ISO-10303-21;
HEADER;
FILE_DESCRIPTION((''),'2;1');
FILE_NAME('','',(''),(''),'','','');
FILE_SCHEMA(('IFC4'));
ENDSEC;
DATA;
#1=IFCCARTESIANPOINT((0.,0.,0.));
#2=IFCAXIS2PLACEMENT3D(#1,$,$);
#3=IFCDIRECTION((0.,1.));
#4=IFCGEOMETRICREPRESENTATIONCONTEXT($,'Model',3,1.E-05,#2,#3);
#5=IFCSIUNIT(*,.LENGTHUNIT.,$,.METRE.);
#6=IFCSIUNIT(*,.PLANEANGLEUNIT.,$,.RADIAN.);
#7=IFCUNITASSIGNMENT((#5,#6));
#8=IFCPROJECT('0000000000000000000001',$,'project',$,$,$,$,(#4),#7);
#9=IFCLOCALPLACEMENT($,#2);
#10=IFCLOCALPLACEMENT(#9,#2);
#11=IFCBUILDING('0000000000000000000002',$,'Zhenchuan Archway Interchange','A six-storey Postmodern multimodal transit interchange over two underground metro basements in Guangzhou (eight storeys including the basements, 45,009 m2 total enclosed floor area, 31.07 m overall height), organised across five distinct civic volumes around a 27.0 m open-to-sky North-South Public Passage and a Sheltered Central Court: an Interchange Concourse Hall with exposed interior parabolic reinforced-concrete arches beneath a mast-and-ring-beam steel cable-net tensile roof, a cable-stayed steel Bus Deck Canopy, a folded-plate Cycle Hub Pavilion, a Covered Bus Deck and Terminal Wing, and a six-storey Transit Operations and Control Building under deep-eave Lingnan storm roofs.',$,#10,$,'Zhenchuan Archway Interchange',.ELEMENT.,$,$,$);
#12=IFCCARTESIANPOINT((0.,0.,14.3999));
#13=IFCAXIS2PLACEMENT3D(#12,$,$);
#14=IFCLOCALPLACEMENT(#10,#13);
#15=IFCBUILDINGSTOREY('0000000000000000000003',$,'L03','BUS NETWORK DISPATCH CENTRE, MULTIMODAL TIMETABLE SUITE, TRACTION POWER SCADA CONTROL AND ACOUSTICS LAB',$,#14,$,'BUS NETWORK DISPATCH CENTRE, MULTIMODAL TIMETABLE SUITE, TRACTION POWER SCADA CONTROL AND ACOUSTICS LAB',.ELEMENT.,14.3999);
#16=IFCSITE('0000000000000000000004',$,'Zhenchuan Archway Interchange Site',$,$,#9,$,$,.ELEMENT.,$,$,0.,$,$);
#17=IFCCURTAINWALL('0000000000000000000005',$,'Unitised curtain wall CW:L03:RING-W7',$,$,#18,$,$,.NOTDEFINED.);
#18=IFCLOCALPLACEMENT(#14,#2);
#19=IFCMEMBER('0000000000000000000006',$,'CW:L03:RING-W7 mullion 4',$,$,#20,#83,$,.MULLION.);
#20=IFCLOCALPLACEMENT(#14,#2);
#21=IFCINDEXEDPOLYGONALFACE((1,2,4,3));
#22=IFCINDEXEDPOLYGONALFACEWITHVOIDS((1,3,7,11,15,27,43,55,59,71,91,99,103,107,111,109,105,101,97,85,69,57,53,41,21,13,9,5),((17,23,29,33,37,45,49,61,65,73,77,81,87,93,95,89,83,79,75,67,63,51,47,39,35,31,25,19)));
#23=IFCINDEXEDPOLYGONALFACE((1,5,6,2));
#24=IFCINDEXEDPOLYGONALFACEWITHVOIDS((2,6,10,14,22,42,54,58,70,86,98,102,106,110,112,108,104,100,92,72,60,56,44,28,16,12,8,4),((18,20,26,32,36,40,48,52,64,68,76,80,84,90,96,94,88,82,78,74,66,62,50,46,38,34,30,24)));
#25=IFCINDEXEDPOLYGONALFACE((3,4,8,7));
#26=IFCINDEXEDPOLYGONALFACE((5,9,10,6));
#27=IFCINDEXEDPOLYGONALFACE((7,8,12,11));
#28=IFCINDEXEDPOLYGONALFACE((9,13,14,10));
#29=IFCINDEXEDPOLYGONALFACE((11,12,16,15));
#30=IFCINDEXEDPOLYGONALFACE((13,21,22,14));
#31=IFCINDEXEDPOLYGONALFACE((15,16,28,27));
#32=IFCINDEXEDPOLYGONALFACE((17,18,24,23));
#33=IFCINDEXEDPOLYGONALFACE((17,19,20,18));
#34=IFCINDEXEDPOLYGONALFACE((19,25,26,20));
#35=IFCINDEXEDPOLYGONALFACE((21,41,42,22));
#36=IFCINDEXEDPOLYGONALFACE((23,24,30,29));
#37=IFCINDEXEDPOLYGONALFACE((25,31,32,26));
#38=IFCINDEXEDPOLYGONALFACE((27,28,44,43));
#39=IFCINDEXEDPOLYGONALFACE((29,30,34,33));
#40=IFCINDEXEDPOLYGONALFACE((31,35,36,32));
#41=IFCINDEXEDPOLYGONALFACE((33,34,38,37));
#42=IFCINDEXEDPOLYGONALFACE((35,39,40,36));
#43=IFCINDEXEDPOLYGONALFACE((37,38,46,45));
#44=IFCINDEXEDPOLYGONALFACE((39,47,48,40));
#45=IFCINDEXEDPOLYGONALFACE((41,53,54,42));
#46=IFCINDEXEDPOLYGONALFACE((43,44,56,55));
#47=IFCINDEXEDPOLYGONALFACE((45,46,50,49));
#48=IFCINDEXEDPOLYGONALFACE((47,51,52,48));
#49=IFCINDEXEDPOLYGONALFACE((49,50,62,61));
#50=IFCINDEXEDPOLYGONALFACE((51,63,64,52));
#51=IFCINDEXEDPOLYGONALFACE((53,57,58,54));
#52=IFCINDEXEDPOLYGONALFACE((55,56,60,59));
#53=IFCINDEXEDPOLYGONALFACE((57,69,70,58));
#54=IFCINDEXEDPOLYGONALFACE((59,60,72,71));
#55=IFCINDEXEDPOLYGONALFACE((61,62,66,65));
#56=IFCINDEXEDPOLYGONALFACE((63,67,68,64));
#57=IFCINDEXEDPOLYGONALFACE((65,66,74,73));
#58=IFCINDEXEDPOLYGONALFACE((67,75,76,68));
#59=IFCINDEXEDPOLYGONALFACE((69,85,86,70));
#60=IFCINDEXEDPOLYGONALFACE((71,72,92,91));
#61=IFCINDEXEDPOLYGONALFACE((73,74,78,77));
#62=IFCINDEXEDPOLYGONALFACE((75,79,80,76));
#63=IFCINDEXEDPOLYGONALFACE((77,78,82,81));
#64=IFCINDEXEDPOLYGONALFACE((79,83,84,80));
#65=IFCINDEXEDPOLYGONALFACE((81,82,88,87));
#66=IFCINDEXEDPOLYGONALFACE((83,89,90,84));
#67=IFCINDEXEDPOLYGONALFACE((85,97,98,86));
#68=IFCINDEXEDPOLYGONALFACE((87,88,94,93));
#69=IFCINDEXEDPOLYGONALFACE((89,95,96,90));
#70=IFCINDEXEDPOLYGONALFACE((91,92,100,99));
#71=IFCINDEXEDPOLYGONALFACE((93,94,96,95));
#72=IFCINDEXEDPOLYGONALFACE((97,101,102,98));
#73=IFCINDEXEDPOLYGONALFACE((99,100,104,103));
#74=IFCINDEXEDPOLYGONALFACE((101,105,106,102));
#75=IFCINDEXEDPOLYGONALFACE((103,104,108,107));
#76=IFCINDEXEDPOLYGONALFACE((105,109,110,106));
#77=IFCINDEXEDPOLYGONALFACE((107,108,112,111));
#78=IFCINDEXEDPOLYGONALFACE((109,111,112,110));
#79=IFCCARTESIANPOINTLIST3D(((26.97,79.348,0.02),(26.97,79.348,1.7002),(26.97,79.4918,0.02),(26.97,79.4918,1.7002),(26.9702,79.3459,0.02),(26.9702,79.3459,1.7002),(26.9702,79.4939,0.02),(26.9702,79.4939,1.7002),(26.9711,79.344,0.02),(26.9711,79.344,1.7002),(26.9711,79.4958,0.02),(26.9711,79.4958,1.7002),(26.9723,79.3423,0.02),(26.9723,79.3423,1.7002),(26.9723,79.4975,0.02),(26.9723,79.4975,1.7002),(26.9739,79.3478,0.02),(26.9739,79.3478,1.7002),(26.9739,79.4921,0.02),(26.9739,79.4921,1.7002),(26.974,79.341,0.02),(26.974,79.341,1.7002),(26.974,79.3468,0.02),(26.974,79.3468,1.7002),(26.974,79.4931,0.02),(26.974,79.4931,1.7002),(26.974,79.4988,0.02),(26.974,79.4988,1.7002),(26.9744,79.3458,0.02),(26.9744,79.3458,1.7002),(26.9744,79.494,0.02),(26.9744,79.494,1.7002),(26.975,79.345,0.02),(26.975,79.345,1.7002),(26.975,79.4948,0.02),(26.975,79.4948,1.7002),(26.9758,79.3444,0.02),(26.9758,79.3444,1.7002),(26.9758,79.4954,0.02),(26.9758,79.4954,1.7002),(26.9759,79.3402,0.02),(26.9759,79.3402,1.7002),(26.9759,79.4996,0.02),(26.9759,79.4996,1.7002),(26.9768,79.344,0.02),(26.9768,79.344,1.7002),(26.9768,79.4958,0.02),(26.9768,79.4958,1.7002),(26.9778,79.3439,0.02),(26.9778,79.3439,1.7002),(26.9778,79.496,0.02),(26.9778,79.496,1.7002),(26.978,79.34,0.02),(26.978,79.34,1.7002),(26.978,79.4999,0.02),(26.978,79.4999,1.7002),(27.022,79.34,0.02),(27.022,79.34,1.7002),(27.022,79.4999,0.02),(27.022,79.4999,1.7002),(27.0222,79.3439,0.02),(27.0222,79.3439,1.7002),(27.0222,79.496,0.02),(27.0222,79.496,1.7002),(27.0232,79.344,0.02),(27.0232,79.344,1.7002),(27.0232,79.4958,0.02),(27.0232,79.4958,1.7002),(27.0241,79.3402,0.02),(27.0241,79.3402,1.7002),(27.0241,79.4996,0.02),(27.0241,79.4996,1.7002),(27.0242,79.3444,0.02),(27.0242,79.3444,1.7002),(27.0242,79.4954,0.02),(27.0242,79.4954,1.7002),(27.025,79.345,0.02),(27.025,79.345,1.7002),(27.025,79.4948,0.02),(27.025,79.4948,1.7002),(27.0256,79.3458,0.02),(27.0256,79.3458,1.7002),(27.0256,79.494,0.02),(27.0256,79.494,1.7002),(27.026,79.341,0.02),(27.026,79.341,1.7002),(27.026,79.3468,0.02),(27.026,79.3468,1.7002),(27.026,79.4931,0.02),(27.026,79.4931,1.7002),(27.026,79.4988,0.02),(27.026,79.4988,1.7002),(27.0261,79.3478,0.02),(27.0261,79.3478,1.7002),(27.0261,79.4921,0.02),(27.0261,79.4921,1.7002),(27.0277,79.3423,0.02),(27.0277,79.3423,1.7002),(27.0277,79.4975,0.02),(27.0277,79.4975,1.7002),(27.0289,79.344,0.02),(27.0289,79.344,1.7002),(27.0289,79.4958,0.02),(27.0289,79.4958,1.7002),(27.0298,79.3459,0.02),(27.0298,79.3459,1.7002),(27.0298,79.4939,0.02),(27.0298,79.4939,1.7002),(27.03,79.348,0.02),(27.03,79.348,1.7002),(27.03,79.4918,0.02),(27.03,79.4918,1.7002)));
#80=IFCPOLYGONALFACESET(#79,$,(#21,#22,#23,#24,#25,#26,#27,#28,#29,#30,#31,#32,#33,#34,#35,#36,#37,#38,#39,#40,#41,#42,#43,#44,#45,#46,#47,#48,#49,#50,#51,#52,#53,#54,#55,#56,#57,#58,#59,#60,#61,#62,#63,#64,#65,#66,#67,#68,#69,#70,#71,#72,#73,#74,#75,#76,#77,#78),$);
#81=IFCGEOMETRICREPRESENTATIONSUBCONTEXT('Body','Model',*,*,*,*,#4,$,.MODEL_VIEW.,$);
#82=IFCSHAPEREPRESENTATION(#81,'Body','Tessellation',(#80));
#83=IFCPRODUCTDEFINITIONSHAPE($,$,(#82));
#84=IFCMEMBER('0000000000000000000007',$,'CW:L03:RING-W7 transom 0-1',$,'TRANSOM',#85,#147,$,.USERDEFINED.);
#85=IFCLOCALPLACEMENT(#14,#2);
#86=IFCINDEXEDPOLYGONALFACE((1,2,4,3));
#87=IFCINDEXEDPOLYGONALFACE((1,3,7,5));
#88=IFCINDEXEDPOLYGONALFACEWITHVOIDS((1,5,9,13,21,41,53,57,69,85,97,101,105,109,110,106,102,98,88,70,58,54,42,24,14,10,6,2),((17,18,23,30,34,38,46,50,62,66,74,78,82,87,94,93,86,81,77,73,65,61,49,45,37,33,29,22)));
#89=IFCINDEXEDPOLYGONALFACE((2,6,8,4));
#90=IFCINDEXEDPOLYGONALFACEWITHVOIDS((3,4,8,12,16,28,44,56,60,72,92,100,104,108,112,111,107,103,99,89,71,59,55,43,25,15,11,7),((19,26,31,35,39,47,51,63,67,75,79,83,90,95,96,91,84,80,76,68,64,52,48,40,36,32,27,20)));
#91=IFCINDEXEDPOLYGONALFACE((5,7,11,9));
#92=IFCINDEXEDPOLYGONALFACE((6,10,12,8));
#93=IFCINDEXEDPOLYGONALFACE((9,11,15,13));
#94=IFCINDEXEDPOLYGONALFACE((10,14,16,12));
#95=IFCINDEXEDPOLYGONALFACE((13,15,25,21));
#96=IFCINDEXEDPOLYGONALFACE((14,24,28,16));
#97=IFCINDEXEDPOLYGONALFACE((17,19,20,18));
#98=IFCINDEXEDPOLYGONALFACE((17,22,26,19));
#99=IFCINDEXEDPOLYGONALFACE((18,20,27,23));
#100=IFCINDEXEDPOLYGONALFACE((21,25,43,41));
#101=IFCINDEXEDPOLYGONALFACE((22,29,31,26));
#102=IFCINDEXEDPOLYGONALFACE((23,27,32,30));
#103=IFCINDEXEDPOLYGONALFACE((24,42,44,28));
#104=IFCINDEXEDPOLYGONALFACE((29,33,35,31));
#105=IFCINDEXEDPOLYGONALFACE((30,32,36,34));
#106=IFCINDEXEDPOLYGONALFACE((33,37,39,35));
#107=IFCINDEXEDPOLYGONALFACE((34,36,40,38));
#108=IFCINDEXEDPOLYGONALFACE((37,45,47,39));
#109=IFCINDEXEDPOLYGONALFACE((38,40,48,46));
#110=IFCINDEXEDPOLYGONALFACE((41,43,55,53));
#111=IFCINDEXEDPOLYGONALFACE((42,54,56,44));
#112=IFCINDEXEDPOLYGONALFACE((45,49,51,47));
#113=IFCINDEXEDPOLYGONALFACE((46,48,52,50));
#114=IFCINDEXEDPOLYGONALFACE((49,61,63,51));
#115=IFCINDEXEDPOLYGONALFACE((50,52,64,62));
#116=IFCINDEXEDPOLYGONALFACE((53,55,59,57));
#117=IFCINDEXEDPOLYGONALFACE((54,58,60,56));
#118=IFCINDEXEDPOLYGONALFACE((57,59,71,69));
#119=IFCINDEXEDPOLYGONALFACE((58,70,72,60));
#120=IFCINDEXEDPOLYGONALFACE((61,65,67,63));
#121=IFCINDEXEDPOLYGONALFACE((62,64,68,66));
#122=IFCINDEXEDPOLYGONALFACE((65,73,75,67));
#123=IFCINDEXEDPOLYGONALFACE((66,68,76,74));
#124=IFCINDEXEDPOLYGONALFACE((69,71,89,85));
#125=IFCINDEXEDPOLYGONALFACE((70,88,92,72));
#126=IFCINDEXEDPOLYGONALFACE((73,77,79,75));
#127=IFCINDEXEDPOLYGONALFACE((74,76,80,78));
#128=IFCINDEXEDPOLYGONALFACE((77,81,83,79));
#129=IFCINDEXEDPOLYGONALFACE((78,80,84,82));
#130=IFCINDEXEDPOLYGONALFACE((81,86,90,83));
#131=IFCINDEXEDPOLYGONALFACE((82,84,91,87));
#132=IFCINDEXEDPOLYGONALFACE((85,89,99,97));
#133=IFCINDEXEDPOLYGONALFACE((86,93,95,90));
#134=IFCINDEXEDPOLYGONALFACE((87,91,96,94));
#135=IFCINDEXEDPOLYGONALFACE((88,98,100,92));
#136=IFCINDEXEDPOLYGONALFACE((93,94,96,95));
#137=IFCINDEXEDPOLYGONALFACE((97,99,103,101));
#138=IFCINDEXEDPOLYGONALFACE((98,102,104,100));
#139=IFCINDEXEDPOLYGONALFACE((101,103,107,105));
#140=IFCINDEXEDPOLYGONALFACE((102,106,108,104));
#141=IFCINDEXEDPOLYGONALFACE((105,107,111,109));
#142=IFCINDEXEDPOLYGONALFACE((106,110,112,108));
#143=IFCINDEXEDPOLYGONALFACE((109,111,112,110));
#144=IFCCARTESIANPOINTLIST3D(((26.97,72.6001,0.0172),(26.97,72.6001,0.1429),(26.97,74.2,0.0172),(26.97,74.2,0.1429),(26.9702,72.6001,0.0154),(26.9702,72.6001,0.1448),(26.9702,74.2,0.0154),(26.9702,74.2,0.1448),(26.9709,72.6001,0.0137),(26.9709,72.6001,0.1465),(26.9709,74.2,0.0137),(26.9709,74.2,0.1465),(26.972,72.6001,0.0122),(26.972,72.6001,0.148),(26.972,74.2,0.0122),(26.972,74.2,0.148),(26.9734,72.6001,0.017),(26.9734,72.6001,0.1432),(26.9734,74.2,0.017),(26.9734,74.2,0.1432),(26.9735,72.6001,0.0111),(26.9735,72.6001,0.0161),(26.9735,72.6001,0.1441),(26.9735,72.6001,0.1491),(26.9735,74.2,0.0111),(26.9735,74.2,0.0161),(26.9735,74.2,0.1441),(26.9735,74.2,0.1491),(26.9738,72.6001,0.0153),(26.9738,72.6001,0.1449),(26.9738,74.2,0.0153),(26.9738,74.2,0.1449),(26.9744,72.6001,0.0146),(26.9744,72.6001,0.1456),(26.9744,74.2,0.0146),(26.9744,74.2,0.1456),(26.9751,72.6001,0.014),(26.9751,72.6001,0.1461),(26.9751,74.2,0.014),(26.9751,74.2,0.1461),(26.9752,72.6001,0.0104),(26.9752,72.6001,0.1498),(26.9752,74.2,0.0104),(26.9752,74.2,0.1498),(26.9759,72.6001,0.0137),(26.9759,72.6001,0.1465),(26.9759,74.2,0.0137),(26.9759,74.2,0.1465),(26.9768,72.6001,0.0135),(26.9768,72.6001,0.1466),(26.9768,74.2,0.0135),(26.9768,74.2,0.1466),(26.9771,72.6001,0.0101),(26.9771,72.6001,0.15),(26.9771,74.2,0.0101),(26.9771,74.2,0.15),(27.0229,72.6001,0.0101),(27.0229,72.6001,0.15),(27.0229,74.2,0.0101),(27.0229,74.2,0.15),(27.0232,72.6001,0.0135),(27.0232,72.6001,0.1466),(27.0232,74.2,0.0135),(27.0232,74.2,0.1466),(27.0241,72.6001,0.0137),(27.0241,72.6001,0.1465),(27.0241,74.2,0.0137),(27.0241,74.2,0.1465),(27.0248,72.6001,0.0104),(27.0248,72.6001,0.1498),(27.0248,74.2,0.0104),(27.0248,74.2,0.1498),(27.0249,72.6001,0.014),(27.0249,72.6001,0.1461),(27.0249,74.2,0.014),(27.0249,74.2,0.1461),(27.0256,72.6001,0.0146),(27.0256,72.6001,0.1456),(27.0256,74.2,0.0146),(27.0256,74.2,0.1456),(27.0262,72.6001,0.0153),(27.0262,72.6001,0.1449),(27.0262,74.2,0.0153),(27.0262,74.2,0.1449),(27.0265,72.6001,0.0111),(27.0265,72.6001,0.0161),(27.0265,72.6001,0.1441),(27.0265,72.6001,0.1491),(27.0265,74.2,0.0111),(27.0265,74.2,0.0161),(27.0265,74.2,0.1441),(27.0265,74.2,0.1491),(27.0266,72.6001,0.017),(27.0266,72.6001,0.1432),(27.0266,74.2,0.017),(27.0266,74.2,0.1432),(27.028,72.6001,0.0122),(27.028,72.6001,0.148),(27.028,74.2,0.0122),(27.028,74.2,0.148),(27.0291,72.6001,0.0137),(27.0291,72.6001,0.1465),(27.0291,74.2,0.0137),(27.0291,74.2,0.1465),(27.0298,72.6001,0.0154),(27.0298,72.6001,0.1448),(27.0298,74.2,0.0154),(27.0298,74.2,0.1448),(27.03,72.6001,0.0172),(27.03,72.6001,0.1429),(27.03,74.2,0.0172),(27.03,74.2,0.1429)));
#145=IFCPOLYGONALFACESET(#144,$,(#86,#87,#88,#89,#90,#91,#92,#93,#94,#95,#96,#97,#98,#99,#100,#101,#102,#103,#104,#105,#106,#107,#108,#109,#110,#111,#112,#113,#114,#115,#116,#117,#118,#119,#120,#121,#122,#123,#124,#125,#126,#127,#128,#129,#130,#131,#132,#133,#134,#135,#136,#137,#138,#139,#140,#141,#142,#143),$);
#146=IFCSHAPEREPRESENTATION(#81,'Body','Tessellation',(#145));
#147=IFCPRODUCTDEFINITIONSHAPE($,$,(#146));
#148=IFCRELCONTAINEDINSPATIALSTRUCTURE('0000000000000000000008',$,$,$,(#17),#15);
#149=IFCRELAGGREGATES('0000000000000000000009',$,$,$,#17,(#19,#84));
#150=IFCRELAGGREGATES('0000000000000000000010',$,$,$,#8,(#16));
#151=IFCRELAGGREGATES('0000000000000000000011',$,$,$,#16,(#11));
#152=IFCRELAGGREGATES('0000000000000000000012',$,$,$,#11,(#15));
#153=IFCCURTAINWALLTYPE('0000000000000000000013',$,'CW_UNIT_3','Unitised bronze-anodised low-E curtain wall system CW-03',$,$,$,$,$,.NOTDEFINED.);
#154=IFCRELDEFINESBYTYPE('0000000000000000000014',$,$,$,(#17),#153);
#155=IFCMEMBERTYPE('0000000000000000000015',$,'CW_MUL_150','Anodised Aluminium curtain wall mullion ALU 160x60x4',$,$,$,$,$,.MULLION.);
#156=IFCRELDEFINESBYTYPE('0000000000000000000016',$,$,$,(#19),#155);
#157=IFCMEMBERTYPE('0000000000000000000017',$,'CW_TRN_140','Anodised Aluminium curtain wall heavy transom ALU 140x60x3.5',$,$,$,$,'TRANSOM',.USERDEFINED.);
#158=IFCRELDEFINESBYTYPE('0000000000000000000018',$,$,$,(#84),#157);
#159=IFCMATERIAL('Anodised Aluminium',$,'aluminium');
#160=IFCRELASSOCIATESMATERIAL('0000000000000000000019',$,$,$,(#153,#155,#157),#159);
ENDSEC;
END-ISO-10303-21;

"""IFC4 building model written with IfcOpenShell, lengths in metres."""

from ifc_helpers import new_model, si_unit, direction, frame, origin, origin_2d, place, context, subcontext, project, spatial, hollow_rectangle, extrude, material, material_profile, profile_set, type_object, element, aggregate, save


model = new_model("IFC4")

# Units and contexts
model_context = context("Model", 3, precision=1e-05, world=origin(), true_north=direction((0.0, 1.0)))
body_context = subcontext(model_context, "Body", "Model", "MODEL_VIEW")
ifc_project = project(units=[si_unit("LENGTHUNIT", "METRE"), si_unit("PLANEANGLEUNIT", "RADIAN")], contexts=[model_context])

# Site, building, storey
site_placement = place(None, origin())
site = spatial("IfcSite", under=ifc_project, at=site_placement, Name="Zhenchuan Archway Interchange Site", CompositionType="ELEMENT", RefElevation=0.0)
building_placement = place(site_placement, origin())
building = spatial("IfcBuilding", under=site, at=building_placement, Name="Zhenchuan Archway Interchange", Description="A six-storey Postmodern multimodal transit interchange over two underground metro basements in Guangzhou (eight storeys including the basements, 45,009 m2 total enclosed floor area, 31.07 m overall height), organised across five distinct civic volumes around a 27.0 m open-to-sky North-South Public Passage and a Sheltered Central Court: an Interchange Concourse Hall with exposed interior parabolic reinforced-concrete arches beneath a mast-and-ring-beam steel cable-net tensile roof, a cable-stayed steel Bus Deck Canopy, a folded-plate Cycle Hub Pavilion, a Covered Bus Deck and Terminal Wing, and a six-storey Transit Operations and Control Building under deep-eave Lingnan storm roofs.", LongName="Zhenchuan Archway Interchange", CompositionType="ELEMENT")
storey_placement = place(building_placement, frame((0.0, 0.0, 14.3999)))
storey = spatial("IfcBuildingStorey", under=building, at=storey_placement, Name="L03", Description="BUS NETWORK DISPATCH CENTRE, MULTIMODAL TIMETABLE SUITE, TRACTION POWER SCADA CONTROL AND ACOUSTICS LAB", LongName="BUS NETWORK DISPATCH CENTRE, MULTIMODAL TIMETABLE SUITE, TRACTION POWER SCADA CONTROL AND ACOUSTICS LAB", CompositionType="ELEMENT", Elevation=14.3999)

# Curtain wall, members
ifc_material_1 = material(Name="Anodised Aluminium", Category="aluminium")
curtain_wall_type = type_object("IfcCurtainWallType", Name="CW_UNIT_3", Description="Unitised bronze-anodised low-E curtain wall system CW-03", PredefinedType="NOTDEFINED", material=ifc_material_1)
curtain_wall_placement = place(storey_placement, origin())
curtain_wall = element("IfcCurtainWall", 1, at=curtain_wall_placement, inside=storey, type_object=curtain_wall_type, Name="Unitised curtain wall CW:L03:RING-W7", PredefinedType="NOTDEFINED")
ifc_material_profile_1 = material_profile(ifc_material_1, hollow_rectangle(XDim=0.0601, YDim=0.1599, WallThickness=0.0039, InnerFilletRadius=0.0039, OuterFilletRadius=0.0081, at=origin_2d()), Name="ALU 160x60x4")
ifc_profile_set_1 = profile_set([ifc_material_profile_1], Name="Anodised Aluminium")
member_type_1 = type_object("IfcMemberType", Name="CW_MUL_150", Description="Anodised Aluminium curtain wall mullion ALU 160x60x4", PredefinedType="MULLION", material=ifc_profile_set_1)
member_1_placement = place(storey_placement, frame((27.0, 79.4199, 0.02), z_axis=(0.0, 0.0, 1.0), x_axis=(1.0, 0.0, 0.0)))
member_1 = element("IfcMember", 2, at=member_1_placement, type_object=member_type_1, Name="CW:L03:RING-W7 mullion 4", PredefinedType="MULLION", context=body_context, shape_type="SweptSolid", body=[
    extrude(hollow_rectangle(XDim=0.0601, YDim=0.1599, WallThickness=0.0039, InnerFilletRadius=0.0039, OuterFilletRadius=0.0081, at=origin_2d()), origin(), (0.0, 0.0, 1.0), 1.6802),
])
ifc_material_profile_2 = material_profile(ifc_material_1, hollow_rectangle(XDim=0.0601, YDim=0.1399, WallThickness=0.0034, InnerFilletRadius=0.0034, OuterFilletRadius=0.0071, at=origin_2d()), Name="ALU 140x60x3.5")
ifc_profile_set_2 = profile_set([ifc_material_profile_2], Name="Anodised Aluminium")
member_type_2 = type_object("IfcMemberType", Name="CW_TRN_140", Description="Anodised Aluminium curtain wall heavy transom ALU 140x60x3.5", ElementType="TRANSOM", PredefinedType="USERDEFINED", material=ifc_profile_set_2)
member_2_placement = place(storey_placement, frame((27.0, 72.6001, 0.0801), z_axis=(0.0, 1.0, 0.0), x_axis=(-1.0, 0.0, 0.0)))
member_2 = element("IfcMember", 3, at=member_2_placement, type_object=member_type_2, Name="CW:L03:RING-W7 transom 0-1", ObjectType="TRANSOM", PredefinedType="USERDEFINED", context=body_context, shape_type="SweptSolid", body=[
    extrude(hollow_rectangle(XDim=0.0601, YDim=0.1399, WallThickness=0.0034, InnerFilletRadius=0.0034, OuterFilletRadius=0.0071, at=origin_2d()), origin(), (0.0, 0.0, 1.0), 1.5999),
])

aggregate(curtain_wall, [member_1, member_2])

save(model, "model.ifc")
